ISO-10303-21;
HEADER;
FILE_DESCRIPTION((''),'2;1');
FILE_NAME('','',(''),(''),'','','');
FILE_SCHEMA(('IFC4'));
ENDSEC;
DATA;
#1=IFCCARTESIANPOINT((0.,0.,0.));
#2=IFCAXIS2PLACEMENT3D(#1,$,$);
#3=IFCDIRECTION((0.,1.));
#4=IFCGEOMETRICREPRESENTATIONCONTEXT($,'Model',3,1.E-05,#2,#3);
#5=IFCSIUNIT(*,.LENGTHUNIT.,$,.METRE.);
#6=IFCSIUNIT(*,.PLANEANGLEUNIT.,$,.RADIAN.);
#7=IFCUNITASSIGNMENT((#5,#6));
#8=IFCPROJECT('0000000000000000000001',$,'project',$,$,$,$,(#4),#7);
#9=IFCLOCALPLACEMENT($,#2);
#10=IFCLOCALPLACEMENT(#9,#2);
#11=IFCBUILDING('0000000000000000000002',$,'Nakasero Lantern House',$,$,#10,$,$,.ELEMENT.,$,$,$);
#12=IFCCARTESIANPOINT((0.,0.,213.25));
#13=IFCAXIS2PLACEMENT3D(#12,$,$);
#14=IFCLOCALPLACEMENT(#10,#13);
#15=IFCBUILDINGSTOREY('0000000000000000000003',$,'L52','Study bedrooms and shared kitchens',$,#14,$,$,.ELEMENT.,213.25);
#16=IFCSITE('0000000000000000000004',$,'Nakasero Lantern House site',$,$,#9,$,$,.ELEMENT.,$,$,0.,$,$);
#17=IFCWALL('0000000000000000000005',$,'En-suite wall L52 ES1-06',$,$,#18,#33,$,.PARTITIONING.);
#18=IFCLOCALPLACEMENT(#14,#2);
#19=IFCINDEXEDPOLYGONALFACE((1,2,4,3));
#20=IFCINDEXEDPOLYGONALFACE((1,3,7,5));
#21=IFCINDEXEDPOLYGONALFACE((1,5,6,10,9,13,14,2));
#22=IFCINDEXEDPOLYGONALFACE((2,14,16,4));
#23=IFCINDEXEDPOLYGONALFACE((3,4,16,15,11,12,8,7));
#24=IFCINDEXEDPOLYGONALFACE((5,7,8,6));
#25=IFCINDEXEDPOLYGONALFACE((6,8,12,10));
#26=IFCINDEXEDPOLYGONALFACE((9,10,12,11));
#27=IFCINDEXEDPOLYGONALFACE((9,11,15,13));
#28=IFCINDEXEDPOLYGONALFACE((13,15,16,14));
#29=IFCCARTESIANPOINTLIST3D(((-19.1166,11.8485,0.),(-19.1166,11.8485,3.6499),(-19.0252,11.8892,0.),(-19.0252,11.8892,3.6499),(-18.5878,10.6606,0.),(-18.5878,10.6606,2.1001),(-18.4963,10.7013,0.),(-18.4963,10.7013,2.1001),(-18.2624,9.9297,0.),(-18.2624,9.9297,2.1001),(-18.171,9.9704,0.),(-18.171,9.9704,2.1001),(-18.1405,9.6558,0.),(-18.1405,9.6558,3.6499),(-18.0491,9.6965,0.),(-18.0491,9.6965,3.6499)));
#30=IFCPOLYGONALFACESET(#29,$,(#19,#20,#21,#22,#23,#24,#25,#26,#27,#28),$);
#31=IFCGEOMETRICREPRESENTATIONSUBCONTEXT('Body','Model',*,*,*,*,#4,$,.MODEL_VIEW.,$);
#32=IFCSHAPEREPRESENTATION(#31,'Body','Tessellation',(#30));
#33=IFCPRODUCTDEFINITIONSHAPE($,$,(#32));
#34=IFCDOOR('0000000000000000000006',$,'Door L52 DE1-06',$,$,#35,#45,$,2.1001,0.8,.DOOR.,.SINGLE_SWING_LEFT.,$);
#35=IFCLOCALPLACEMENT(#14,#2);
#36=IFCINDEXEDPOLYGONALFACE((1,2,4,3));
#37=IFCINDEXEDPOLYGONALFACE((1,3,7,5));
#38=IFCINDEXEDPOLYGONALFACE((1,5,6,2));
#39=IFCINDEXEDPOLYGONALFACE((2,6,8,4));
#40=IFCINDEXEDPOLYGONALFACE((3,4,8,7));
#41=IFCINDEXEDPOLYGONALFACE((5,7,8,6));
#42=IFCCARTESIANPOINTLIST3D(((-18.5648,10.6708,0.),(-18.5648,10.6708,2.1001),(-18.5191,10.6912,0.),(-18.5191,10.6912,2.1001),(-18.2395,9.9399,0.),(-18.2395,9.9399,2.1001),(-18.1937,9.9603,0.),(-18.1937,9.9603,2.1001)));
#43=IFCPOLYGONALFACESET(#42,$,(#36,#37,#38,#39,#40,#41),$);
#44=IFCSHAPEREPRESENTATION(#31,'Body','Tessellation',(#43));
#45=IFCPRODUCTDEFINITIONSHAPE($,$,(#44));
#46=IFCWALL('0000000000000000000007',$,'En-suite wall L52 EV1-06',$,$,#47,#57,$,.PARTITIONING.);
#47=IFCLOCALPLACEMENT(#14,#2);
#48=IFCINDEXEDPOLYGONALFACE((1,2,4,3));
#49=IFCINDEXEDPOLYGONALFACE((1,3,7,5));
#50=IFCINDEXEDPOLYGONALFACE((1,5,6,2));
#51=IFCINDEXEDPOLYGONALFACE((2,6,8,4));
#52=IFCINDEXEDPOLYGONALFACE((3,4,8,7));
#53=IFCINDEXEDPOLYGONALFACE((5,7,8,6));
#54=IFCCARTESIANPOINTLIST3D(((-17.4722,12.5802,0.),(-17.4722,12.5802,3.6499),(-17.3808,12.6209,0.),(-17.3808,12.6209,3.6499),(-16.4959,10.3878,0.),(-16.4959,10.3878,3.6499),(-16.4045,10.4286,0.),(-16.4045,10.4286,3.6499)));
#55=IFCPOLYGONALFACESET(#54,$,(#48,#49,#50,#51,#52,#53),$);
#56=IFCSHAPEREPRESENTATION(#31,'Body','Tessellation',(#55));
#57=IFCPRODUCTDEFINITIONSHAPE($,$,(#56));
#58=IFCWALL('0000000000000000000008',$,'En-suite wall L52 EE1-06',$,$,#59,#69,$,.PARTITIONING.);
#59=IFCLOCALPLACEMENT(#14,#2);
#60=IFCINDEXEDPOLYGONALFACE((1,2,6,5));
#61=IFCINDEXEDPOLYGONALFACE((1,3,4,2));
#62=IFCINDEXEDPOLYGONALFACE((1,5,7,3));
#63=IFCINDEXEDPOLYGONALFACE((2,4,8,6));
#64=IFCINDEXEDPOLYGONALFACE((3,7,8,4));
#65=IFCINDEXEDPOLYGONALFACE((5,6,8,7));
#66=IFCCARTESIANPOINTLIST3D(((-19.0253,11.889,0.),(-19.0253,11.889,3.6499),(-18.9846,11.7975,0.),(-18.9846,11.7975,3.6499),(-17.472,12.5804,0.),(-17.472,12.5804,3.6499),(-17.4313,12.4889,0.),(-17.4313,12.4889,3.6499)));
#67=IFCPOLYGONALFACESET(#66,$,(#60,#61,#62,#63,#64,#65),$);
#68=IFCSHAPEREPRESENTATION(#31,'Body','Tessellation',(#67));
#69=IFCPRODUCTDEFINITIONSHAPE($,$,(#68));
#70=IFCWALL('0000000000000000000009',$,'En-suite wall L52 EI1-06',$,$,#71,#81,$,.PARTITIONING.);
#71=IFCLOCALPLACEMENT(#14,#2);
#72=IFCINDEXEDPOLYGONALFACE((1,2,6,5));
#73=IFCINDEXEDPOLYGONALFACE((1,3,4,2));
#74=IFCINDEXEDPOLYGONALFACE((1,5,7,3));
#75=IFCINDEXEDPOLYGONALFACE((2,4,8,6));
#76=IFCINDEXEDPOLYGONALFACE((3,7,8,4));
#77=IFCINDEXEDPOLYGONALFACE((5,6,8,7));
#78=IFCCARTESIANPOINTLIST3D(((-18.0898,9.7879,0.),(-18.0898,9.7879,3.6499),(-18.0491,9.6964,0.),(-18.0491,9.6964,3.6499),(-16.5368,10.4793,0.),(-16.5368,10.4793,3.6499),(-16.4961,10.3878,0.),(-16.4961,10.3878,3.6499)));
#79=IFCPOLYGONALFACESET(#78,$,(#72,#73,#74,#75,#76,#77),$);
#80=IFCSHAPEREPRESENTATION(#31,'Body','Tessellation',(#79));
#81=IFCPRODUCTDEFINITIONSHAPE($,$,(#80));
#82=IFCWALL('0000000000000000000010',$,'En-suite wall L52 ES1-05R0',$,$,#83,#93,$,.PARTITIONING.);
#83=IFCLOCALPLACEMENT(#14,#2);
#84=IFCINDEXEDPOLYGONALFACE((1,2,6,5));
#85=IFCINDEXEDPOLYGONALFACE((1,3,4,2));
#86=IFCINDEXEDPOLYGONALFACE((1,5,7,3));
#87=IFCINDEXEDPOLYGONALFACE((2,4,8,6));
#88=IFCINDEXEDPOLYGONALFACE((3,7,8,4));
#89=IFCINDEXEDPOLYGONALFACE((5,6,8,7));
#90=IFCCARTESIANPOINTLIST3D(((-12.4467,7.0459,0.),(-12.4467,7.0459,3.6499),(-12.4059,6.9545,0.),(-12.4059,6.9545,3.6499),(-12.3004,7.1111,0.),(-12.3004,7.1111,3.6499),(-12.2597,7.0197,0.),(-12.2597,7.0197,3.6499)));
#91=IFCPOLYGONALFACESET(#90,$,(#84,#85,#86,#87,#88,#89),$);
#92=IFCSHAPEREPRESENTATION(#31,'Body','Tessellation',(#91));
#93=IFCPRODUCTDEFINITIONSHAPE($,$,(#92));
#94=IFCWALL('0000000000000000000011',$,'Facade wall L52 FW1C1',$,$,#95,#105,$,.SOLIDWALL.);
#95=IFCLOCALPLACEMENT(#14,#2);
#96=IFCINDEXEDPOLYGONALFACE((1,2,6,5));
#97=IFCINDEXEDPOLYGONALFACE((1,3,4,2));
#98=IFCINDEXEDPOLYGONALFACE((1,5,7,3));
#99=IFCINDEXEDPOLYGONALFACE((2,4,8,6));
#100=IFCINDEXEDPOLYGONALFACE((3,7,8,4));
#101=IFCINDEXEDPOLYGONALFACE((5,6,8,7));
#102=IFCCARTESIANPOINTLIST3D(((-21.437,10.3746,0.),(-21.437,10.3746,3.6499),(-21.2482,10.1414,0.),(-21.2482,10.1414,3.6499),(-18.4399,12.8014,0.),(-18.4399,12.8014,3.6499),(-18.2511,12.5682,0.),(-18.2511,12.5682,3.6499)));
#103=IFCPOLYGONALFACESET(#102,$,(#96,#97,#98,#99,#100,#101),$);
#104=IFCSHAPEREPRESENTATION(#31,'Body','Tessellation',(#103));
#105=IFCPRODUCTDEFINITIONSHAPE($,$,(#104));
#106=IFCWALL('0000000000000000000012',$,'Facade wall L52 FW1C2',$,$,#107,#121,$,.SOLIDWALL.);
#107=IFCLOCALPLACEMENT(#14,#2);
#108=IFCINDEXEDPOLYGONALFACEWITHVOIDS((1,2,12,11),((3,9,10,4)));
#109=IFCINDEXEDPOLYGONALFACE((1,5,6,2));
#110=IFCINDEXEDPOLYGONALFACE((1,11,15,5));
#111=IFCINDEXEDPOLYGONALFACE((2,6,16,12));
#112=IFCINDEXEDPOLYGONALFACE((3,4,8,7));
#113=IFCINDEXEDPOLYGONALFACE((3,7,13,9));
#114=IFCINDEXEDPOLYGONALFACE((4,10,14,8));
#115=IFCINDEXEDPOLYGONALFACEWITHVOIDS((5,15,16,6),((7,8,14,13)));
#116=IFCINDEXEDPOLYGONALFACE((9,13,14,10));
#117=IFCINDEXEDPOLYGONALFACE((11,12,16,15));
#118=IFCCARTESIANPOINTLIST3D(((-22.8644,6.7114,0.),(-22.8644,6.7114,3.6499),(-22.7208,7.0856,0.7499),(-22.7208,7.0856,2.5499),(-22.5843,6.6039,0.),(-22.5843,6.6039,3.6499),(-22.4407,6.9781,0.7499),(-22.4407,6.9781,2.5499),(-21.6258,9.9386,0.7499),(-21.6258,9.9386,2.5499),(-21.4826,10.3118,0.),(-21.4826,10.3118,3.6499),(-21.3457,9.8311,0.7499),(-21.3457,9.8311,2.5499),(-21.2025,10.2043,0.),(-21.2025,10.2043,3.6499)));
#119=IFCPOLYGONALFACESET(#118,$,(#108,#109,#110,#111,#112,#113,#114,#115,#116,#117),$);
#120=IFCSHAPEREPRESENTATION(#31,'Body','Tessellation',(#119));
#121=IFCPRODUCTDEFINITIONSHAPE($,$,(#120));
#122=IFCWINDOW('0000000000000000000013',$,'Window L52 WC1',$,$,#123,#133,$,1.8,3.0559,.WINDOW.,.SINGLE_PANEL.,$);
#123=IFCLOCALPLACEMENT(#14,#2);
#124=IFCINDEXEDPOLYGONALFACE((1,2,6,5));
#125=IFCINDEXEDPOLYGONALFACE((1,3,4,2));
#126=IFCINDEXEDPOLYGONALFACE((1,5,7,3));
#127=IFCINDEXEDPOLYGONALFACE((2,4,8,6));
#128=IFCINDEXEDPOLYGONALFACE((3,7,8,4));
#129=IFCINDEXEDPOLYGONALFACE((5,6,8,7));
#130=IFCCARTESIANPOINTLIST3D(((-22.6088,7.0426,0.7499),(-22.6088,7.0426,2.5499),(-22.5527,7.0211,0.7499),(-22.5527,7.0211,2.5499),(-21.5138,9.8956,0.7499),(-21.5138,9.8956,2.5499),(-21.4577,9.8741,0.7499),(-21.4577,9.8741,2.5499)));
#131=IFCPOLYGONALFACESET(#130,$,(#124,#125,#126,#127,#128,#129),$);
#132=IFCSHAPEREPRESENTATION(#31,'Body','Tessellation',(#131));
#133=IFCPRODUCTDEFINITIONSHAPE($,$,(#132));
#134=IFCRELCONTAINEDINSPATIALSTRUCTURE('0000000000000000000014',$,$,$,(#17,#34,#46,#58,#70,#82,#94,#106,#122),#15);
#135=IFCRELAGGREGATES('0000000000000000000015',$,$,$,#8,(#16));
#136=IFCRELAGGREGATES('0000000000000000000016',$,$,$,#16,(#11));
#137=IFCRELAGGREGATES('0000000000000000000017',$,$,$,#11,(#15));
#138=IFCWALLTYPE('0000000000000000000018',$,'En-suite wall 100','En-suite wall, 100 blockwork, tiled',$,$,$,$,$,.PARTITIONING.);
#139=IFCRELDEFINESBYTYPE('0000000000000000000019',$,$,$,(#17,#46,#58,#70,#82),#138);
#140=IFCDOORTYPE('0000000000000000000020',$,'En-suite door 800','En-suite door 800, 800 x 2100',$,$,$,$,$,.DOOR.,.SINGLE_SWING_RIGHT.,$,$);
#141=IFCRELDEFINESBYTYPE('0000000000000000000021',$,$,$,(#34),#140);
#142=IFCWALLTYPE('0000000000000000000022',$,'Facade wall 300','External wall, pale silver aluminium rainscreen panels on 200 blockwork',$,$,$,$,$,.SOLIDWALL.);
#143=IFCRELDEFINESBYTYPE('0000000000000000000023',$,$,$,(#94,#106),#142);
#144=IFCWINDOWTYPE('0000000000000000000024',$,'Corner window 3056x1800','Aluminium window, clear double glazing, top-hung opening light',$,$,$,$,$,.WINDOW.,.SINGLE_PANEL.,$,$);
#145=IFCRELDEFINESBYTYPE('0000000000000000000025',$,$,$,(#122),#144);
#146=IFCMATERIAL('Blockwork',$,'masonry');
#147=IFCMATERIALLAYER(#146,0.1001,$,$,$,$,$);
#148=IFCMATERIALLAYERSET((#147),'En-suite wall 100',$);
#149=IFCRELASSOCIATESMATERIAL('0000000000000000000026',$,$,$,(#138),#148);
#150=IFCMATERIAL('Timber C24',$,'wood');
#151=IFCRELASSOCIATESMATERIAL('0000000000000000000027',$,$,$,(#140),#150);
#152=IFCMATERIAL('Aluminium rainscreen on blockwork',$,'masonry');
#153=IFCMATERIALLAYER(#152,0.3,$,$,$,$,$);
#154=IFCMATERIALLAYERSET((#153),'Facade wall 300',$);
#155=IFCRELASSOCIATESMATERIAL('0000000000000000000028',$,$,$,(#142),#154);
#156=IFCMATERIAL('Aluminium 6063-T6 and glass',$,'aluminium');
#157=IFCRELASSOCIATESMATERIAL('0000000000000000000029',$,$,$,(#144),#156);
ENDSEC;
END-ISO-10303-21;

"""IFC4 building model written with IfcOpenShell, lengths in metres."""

from ifc_helpers import new_model, si_unit, direction, frame, frame_2d, origin, place, context, subcontext, project, spatial, rectangle, extrude, material, layer, layer_set, type_object, element, fill, save


model = new_model("IFC4")

# Units and contexts
model_context = context("Model", 3, precision=1e-05, world=origin(), true_north=direction((0.0, 1.0)))
body_context = subcontext(model_context, "Body", "Model", "MODEL_VIEW")
ifc_project = project(units=[si_unit("LENGTHUNIT", "METRE"), si_unit("PLANEANGLEUNIT", "RADIAN")], contexts=[model_context])

# Site, building, storey
site_placement = place(None, origin())
site = spatial("IfcSite", under=ifc_project, at=site_placement, Name="Nakasero Lantern House site", CompositionType="ELEMENT", RefElevation=0.0)
building_placement = place(site_placement, origin())
building = spatial("IfcBuilding", under=site, at=building_placement, Name="Nakasero Lantern House", CompositionType="ELEMENT")
storey_placement = place(building_placement, frame((0.0, 0.0, 213.25)))
storey = spatial("IfcBuildingStorey", under=building, at=storey_placement, Name="L52", Description="Study bedrooms and shared kitchens", CompositionType="ELEMENT", Elevation=213.25)

# Shared definitions
ifc_material_1 = material(Name="Blockwork", Category="masonry")
ifc_layer_1 = layer(ifc_material_1, 0.1001)
ifc_layer_set_1 = layer_set([ifc_layer_1], Name="En-suite wall 100")
wall_type_1 = type_object("IfcWallType", Name="En-suite wall 100", Description="En-suite wall, 100 blockwork, tiled", PredefinedType="PARTITIONING", material=ifc_layer_set_1)
ifc_material_2 = material(Name="Timber C24", Category="wood")
door_type = type_object("IfcDoorType", Name="En-suite door 800", Description="En-suite door 800, 800 x 2100", OperationType="SINGLE_SWING_RIGHT", PredefinedType="DOOR", material=ifc_material_2)

# Wall, opening, door
wall_1_placement = place(storey_placement, frame((-18.0947, 9.676, 0.0), z_axis=(0.0, 0.0, 1.0), x_axis=(-0.406686, 0.913568, 0.0)))
wall_1 = element("IfcWall", 1, at=wall_1_placement, inside=storey, type_object=wall_type_1, Name="En-suite wall L52 ES1-06", PredefinedType="PARTITIONING", context=body_context, shape_type="SweptSolid", body=[
    extrude(rectangle(XDim=2.4001, YDim=0.1001, at=frame_2d((1.2002, 0.0))), origin(), (0.0, 0.0, 1.0), 3.6499),
])
opening_1_placement = place(wall_1_placement, frame((0.3, 0.0, 0.0)))
opening_1 = element("IfcOpeningElement", 2, at=opening_1_placement, cuts=wall_1, PredefinedType="OPENING", context=body_context, shape_type="SweptSolid", body=[
    extrude(rectangle(XDim=0.8, YDim=2.1001, at=frame_2d((0.3999, 1.05))), frame((0.0, 0.0701, 0.0), z_axis=(0.0, -1.0, 0.0), x_axis=(1.0, 0.0, 0.0)), (0.0, 0.0, 1.0), 0.1401),
])
door_1_placement = place(opening_1_placement, origin())
door_1 = element("IfcDoor", 3, at=door_1_placement, inside=storey, type_object=door_type, Name="Door L52 DE1-06", OperationType="SINGLE_SWING_LEFT", OverallHeight=2.1001, OverallWidth=0.8, PredefinedType="DOOR", context=body_context, shape_type="SweptSolid", body=[
    extrude(rectangle(XDim=0.8, YDim=2.1001, at=frame_2d((0.3999, 1.05))), frame((0.0, 0.0249, 0.0), z_axis=(0.0, -1.0, 0.0), x_axis=(1.0, 0.0, 0.0)), (0.0, 0.0, 1.0), 0.05),
])
fill(opening_1, door_1)

# Walls
wall_2_placement = place(storey_placement, frame((-16.4502, 10.4082, 0.0), z_axis=(0.0, 0.0, 1.0), x_axis=(-0.406809, 0.913513, 0.0)))
element("IfcWall", 4, at=wall_2_placement, inside=storey, type_object=wall_type_1, Name="En-suite wall L52 EV1-06", PredefinedType="PARTITIONING", context=body_context, shape_type="SweptSolid", body=[
    extrude(rectangle(XDim=2.3999, YDim=0.1001, at=frame_2d((1.2, 0.0))), origin(), (0.0, 0.0, 1.0), 3.6499),
])
wall_3_placement = place(storey_placement, frame((-17.4517, 12.5347, 0.0), z_axis=(0.0, 0.0, 1.0), x_axis=(-0.913575, -0.406671, 0.0)))
element("IfcWall", 5, at=wall_3_placement, inside=storey, type_object=wall_type_1, Name="En-suite wall L52 EE1-06", PredefinedType="PARTITIONING", context=body_context, shape_type="SweptSolid", body=[
    extrude(rectangle(XDim=1.7002, YDim=0.1001, at=frame_2d((0.8501, 0.0))), origin(), (0.0, 0.0, 1.0), 3.6499),
])
wall_4_placement = place(storey_placement, frame((-16.5164, 10.4336, 0.0), z_axis=(0.0, 0.0, 1.0), x_axis=(-0.913551, -0.406725, 0.0)))
element("IfcWall", 6, at=wall_4_placement, inside=storey, type_object=wall_type_1, Name="En-suite wall L52 EI1-06", PredefinedType="PARTITIONING", context=body_context, shape_type="SweptSolid", body=[
    extrude(rectangle(XDim=1.7, YDim=0.1001, at=frame_2d((0.8501, 0.0))), origin(), (0.0, 0.0, 1.0), 3.6499),
])
wall_5_placement = place(storey_placement, frame((-12.28, 7.0654, 0.0), z_axis=(0.0, 0.0, 1.0), x_axis=(-0.913371, -0.407129, 0.0)))
element("IfcWall", 7, at=wall_5_placement, inside=storey, type_object=wall_type_1, Name="En-suite wall L52 ES1-05R0", PredefinedType="PARTITIONING", context=body_context, shape_type="SweptSolid", body=[
    extrude(rectangle(XDim=0.1602, YDim=0.1001, at=frame_2d((0.0801, 0.0))), origin(), (0.0, 0.0, 1.0), 3.6499),
])
ifc_material_3 = material(Name="Aluminium rainscreen on blockwork", Category="masonry")
ifc_layer_2 = layer(ifc_material_3, 0.3)
ifc_layer_set_2 = layer_set([ifc_layer_2], Name="Facade wall 300")
wall_type_2 = type_object("IfcWallType", Name="Facade wall 300", Description="External wall, pale silver aluminium rainscreen panels on 200 blockwork", PredefinedType="SOLIDWALL", material=ifc_layer_set_2)
wall_6_placement = place(storey_placement, frame((-18.3455, 12.6848, 0.0), z_axis=(0.0, 0.0, 1.0), x_axis=(-0.777174, -0.629286, 0.0)))
element("IfcWall", 8, at=wall_6_placement, inside=storey, type_object=wall_type_2, Name="Facade wall L52 FW1C1", PredefinedType="SOLIDWALL", context=body_context, shape_type="SweptSolid", body=[
    extrude(rectangle(XDim=3.8564, YDim=0.3, at=frame_2d((1.9282, 0.0))), origin(), (0.0, 0.0, 1.0), 3.6499),
])

# Wall, opening, window
wall_7_placement = place(storey_placement, frame((-21.3425, 10.2581, 0.0), z_axis=(0.0, 0.0, 1.0), x_axis=(-0.358321, -0.933598, 0.0)))
wall_7 = element("IfcWall", 9, at=wall_7_placement, inside=storey, type_object=wall_type_2, Name="Facade wall L52 FW1C2", PredefinedType="SOLIDWALL", context=body_context, shape_type="SweptSolid", body=[
    extrude(rectangle(XDim=3.8564, YDim=0.3, at=frame_2d((1.9282, 0.0))), origin(), (0.0, 0.0, 1.0), 3.6499),
])
opening_2_placement = place(wall_7_placement, frame((0.3999, 0.0, 0.75)))
opening_2 = element("IfcOpeningElement", 10, at=opening_2_placement, cuts=wall_7, PredefinedType="OPENING", context=body_context, shape_type="SweptSolid", body=[
    extrude(rectangle(XDim=3.0559, YDim=1.8, at=frame_2d((1.5278, 0.8999))), frame((0.0, 0.1699, 0.0), z_axis=(0.0, -1.0, 0.0), x_axis=(1.0, 0.0, 0.0)), (0.0, 0.0, 1.0), 0.3401),
])
ifc_material_4 = material(Name="Aluminium 6063-T6 and glass", Category="aluminium")
window_type = type_object("IfcWindowType", Name="Corner window 3056x1800", Description="Aluminium window, clear double glazing, top-hung opening light", PartitioningType="SINGLE_PANEL", PredefinedType="WINDOW", material=ifc_material_4)
window_placement = place(opening_2_placement, origin())
window = element("IfcWindow", 11, at=window_placement, inside=storey, type_object=window_type, Name="Window L52 WC1", OverallHeight=1.8, OverallWidth=3.0559, PartitioningType="SINGLE_PANEL", PredefinedType="WINDOW", context=body_context, shape_type="SweptSolid", body=[
    extrude(rectangle(XDim=3.0559, YDim=1.8, at=frame_2d((1.5278, 0.8999))), frame((0.0, 0.03, 0.0), z_axis=(0.0, -1.0, 0.0), x_axis=(1.0, 0.0, 0.0)), (0.0, 0.0, 1.0), 0.0601),
])
fill(opening_2, window)

save(model, "model.ifc")
